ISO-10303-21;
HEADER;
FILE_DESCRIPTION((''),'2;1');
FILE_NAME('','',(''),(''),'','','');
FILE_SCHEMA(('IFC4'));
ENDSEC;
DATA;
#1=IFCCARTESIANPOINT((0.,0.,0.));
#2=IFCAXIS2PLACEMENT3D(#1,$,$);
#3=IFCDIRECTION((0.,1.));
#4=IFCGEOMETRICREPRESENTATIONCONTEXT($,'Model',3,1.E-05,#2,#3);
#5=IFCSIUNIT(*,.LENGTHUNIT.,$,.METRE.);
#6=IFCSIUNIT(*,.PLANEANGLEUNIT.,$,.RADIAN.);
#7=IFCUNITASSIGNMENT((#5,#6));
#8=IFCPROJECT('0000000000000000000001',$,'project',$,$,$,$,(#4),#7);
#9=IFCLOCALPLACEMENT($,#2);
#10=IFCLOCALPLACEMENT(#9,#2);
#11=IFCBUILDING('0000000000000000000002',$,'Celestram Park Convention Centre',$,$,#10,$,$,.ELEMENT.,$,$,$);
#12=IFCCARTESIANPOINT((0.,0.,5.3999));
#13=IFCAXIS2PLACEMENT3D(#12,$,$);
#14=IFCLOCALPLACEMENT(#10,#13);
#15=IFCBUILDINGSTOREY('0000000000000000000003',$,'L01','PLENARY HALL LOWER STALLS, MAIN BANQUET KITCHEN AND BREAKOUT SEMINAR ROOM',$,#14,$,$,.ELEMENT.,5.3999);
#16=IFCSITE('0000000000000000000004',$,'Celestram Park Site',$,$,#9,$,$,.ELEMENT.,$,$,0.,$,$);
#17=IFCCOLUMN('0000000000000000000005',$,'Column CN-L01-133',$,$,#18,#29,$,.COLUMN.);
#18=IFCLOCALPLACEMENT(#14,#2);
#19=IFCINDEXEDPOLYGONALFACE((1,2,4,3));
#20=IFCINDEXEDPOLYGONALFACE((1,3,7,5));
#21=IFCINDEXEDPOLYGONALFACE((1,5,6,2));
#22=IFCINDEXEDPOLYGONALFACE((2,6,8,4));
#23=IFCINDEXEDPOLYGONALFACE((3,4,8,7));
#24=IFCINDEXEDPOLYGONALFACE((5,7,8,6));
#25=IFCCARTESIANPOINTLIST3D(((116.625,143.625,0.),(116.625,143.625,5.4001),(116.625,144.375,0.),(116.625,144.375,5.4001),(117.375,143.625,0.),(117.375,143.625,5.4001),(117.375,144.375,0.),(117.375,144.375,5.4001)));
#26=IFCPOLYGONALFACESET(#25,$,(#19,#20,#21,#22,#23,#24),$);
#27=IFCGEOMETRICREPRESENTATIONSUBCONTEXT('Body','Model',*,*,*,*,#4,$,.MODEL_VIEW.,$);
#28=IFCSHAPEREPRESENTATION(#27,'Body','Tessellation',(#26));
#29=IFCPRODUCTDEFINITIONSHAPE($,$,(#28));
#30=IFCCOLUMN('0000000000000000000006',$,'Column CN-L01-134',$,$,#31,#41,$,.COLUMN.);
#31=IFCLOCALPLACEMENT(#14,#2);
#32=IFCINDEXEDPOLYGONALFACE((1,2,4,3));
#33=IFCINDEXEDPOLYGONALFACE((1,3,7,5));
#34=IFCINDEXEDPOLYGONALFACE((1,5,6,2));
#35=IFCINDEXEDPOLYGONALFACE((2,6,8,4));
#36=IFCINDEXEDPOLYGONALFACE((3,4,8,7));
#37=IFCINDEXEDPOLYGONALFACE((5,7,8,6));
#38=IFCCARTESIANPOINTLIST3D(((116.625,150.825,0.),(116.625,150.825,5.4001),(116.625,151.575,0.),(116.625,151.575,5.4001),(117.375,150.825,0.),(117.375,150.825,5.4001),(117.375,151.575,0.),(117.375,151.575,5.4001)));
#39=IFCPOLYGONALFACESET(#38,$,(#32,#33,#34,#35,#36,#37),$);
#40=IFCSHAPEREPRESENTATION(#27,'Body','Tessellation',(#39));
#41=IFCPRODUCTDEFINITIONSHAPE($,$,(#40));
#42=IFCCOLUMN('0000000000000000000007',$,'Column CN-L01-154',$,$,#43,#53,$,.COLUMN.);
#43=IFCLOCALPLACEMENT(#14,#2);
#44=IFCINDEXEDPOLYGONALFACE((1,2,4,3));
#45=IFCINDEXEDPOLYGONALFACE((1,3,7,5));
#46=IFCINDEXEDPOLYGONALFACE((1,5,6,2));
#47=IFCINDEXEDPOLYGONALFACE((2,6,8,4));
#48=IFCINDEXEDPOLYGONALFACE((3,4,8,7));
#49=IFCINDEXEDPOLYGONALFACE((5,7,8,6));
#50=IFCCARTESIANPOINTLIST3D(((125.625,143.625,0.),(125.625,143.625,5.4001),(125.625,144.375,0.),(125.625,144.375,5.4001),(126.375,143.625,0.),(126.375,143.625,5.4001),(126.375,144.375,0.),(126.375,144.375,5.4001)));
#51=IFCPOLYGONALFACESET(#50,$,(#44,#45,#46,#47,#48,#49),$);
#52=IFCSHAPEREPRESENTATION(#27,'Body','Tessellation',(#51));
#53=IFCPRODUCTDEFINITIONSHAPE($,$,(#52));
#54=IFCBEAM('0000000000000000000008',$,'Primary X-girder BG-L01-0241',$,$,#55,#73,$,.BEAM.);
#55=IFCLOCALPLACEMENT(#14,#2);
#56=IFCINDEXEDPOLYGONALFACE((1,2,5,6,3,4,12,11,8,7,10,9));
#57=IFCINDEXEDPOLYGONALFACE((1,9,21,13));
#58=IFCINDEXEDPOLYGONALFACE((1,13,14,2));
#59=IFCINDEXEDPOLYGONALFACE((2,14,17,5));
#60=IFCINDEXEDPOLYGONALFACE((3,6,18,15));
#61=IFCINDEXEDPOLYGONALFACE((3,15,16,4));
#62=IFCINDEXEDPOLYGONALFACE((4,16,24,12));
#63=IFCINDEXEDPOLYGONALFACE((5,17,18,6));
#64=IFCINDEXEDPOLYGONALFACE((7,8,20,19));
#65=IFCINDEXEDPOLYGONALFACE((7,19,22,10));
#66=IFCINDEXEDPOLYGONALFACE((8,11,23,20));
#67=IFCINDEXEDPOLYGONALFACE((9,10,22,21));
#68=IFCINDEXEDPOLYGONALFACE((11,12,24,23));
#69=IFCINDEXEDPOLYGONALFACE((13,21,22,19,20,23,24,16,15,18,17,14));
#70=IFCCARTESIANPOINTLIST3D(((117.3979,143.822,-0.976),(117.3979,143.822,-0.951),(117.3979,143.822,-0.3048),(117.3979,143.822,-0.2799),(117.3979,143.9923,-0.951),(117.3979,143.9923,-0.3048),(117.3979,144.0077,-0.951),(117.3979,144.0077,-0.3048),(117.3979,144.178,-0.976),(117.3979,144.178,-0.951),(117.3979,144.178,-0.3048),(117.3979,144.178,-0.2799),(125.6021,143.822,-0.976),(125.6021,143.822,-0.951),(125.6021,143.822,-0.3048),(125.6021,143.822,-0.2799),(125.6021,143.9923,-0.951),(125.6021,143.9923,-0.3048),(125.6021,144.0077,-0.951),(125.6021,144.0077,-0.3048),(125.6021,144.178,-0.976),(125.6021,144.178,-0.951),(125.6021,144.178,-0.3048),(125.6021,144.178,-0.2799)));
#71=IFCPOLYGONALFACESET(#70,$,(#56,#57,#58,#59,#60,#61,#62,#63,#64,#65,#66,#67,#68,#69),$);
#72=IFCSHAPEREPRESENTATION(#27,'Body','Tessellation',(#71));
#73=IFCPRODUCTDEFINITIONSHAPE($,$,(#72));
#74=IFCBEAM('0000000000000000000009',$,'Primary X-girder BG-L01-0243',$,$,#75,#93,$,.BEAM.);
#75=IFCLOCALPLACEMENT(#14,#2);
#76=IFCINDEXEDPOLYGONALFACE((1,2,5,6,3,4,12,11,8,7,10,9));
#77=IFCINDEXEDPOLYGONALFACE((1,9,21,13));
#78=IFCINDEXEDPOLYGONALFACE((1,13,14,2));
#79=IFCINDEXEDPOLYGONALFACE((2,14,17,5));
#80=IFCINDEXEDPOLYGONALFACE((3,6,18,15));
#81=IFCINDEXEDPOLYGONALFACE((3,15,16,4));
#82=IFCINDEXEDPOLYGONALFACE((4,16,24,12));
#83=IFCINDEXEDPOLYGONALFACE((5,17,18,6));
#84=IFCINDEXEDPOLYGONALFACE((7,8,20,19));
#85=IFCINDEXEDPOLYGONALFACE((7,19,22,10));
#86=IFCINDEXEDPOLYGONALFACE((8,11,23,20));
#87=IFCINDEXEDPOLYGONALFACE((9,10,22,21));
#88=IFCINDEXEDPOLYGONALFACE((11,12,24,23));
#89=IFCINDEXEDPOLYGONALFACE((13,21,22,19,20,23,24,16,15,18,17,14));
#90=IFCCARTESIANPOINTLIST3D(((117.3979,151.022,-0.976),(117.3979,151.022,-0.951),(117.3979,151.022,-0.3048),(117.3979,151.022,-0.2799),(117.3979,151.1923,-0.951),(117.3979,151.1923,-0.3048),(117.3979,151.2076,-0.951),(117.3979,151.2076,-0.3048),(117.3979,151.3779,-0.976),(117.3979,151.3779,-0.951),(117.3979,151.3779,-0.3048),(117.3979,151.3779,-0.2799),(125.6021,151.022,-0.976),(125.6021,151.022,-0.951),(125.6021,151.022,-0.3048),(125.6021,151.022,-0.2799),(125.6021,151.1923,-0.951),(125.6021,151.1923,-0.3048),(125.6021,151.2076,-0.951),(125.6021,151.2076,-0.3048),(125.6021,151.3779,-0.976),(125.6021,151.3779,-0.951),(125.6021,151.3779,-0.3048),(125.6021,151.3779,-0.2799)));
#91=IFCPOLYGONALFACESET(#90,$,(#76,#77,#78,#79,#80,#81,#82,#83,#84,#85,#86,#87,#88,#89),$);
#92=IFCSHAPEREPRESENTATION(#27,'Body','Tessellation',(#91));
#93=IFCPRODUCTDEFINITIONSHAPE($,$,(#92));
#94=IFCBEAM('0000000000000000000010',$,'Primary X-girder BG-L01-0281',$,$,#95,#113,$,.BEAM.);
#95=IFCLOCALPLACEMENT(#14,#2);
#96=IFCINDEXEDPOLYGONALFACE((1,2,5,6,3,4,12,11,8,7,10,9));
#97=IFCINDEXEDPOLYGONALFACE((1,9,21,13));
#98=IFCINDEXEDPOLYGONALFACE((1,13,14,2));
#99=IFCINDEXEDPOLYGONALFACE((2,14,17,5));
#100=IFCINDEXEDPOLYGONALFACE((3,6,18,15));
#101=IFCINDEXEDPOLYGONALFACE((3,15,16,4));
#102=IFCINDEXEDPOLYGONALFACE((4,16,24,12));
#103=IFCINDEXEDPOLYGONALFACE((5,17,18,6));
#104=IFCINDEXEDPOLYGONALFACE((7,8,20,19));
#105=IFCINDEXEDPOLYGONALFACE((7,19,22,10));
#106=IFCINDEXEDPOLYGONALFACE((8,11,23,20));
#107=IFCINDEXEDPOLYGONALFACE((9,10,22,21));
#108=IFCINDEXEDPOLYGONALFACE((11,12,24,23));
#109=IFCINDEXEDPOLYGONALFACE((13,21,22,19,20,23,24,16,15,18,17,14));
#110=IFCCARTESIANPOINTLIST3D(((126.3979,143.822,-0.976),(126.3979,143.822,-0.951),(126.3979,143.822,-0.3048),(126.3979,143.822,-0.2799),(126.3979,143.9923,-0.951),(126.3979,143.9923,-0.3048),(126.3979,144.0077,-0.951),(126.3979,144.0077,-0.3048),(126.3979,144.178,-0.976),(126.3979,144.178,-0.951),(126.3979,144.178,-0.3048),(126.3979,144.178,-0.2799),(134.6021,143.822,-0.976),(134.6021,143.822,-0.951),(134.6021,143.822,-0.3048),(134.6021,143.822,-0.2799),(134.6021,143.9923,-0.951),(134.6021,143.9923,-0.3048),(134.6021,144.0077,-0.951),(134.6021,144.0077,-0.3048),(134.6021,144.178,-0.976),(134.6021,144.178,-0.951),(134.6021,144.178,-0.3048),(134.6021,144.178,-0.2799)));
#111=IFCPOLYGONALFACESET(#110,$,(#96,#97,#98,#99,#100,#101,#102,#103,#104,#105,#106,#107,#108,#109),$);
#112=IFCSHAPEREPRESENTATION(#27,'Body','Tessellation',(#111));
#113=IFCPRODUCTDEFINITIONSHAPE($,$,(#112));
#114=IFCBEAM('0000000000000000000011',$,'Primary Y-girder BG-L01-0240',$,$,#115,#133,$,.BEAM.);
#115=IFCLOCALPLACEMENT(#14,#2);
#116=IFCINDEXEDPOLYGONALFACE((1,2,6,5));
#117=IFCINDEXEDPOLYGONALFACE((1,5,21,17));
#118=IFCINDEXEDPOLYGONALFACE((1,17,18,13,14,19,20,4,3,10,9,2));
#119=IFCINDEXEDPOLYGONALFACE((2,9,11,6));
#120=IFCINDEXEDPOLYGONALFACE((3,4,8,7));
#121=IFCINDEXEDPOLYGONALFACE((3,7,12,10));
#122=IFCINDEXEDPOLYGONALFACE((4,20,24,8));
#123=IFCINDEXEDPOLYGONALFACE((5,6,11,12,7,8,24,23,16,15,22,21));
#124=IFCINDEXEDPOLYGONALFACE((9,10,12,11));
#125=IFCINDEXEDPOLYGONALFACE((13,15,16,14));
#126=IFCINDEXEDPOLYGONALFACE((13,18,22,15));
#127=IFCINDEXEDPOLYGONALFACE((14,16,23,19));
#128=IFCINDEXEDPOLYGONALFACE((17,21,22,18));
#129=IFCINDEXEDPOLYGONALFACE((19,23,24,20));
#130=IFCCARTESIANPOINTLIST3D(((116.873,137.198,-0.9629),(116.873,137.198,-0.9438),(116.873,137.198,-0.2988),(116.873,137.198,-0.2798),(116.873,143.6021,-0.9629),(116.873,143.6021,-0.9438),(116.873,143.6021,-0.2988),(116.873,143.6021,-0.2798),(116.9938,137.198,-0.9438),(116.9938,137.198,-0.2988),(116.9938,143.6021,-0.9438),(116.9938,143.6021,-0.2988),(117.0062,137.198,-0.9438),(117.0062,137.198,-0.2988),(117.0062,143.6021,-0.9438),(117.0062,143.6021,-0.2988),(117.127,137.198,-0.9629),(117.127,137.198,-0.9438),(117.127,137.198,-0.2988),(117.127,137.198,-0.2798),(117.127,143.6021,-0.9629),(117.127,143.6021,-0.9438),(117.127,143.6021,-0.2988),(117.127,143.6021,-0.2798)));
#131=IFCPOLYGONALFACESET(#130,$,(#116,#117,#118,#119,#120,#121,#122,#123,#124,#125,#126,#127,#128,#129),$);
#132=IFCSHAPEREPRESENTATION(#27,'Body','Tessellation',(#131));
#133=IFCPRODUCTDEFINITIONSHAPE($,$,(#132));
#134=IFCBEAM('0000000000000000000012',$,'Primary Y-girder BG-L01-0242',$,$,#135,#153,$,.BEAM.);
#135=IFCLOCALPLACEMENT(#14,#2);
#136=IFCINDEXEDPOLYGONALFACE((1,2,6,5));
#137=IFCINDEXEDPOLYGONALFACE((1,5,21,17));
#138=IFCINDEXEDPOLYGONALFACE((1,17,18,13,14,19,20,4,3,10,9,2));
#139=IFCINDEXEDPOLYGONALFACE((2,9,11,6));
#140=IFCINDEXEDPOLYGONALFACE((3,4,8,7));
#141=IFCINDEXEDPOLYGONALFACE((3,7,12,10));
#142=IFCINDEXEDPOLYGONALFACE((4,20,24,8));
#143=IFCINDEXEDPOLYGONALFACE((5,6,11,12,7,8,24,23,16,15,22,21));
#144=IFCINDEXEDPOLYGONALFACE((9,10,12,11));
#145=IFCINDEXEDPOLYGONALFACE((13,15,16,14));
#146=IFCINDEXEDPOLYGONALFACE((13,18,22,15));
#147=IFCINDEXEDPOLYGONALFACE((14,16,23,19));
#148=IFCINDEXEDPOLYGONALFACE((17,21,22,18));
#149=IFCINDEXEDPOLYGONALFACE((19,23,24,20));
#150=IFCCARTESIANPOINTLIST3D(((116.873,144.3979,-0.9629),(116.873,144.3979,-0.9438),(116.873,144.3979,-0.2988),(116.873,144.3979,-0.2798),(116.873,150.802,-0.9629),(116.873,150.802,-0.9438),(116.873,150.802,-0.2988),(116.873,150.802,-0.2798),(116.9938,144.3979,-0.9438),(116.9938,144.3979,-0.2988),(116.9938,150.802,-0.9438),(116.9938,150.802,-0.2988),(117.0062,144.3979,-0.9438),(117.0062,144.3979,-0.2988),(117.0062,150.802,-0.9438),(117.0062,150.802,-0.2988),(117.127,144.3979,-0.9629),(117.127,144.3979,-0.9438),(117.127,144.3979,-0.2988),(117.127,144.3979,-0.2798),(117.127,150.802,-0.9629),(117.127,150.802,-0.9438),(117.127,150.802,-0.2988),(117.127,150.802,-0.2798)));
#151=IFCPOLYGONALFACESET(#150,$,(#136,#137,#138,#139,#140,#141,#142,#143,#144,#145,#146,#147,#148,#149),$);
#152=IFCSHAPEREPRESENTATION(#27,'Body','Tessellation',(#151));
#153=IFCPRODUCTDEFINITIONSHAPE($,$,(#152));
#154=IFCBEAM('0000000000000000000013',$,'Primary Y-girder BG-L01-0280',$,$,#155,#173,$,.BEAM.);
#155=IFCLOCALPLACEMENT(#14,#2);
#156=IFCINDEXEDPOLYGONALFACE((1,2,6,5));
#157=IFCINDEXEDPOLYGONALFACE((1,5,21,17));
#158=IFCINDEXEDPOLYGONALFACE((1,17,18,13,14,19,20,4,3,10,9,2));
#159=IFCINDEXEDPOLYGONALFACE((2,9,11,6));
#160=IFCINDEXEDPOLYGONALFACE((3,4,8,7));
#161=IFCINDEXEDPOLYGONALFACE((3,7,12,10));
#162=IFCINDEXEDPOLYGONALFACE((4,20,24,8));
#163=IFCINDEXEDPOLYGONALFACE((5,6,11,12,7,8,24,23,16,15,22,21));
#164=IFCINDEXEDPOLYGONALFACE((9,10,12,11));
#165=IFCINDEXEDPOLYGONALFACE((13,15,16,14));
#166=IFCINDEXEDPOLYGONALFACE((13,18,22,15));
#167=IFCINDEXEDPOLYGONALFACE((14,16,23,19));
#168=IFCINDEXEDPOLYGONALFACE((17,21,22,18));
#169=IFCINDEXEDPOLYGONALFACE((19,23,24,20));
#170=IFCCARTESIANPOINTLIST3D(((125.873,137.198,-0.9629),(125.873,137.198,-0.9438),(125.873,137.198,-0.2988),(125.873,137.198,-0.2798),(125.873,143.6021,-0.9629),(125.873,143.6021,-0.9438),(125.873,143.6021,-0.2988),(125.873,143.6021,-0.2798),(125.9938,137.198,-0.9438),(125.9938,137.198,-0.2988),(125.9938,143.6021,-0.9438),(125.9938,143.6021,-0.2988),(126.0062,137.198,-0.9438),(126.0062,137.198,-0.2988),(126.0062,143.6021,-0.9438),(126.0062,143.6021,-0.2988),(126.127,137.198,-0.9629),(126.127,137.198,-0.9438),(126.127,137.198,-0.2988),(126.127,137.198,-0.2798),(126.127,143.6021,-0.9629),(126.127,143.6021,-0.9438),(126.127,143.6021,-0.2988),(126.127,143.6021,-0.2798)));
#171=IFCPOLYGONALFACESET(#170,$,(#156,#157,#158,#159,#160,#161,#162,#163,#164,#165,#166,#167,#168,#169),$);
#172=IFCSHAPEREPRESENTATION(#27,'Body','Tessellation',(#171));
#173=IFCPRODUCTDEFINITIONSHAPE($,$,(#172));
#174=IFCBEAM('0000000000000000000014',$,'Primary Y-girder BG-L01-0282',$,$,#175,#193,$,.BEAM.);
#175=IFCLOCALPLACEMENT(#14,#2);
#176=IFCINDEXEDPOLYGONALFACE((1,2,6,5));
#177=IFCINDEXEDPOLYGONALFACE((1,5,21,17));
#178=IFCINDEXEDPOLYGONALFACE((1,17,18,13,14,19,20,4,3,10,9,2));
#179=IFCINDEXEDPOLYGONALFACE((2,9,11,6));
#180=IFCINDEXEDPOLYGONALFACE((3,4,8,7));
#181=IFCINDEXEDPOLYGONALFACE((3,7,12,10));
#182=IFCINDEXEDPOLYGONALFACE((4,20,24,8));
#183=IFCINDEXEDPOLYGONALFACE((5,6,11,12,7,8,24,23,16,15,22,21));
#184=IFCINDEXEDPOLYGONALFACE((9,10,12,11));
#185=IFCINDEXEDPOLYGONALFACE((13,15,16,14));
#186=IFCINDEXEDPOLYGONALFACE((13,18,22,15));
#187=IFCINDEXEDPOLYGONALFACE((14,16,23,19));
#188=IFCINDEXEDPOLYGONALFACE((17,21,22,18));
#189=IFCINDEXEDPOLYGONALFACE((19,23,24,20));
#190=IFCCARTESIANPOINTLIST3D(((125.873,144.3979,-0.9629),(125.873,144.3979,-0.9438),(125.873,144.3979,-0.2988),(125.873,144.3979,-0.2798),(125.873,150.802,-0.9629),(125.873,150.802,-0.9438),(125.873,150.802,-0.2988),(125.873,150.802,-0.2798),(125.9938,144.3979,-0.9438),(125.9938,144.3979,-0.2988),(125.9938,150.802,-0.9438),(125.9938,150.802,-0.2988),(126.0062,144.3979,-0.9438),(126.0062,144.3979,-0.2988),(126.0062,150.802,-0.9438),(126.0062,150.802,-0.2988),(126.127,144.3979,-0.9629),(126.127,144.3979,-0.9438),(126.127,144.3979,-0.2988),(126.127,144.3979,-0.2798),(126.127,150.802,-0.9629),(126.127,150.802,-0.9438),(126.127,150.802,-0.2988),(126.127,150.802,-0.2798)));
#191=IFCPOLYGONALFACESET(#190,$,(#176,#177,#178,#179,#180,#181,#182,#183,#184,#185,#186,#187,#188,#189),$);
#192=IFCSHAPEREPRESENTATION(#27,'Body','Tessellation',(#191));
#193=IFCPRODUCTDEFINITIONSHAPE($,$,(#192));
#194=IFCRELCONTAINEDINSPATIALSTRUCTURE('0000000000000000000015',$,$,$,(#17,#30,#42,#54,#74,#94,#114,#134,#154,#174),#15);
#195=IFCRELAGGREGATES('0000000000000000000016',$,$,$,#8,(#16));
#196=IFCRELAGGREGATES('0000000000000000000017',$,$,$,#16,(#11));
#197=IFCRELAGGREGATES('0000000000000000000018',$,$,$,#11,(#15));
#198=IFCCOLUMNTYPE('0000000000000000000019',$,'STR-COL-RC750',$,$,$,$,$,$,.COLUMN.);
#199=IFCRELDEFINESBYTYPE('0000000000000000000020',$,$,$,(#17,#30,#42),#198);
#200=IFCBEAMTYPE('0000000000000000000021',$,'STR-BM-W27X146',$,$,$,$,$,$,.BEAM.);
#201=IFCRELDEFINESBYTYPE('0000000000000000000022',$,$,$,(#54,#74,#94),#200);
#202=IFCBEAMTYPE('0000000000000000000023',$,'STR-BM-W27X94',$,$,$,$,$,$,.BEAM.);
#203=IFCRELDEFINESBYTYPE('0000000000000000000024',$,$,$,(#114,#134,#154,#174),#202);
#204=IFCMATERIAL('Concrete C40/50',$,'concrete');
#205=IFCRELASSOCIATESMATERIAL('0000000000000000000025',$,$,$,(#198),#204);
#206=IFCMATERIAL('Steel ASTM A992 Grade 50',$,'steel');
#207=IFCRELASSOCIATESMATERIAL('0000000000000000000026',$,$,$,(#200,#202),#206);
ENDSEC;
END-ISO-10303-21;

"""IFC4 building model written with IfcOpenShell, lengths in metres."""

from ifc_helpers import new_model, si_unit, direction, frame, origin, origin_2d, place, context, subcontext, project, spatial, rectangle, i_section, extrude, material, material_profile, profile_set, type_object, element, save


model = new_model("IFC4")

# Units and contexts
model_context = context("Model", 3, precision=1e-05, world=origin(), true_north=direction((0.0, 1.0)))
body_context = subcontext(model_context, "Body", "Model", "MODEL_VIEW")
ifc_project = project(units=[si_unit("LENGTHUNIT", "METRE"), si_unit("PLANEANGLEUNIT", "RADIAN")], contexts=[model_context])

# Site, building, storey
site_placement = place(None, origin())
site = spatial("IfcSite", under=ifc_project, at=site_placement, Name="Celestram Park Site", CompositionType="ELEMENT", RefElevation=0.0)
building_placement = place(site_placement, origin())
building = spatial("IfcBuilding", under=site, at=building_placement, Name="Celestram Park Convention Centre", CompositionType="ELEMENT")
storey_placement = place(building_placement, frame((0.0, 0.0, 5.3999)))
storey = spatial("IfcBuildingStorey", under=building, at=storey_placement, Name="L01", Description="PLENARY HALL LOWER STALLS, MAIN BANQUET KITCHEN AND BREAKOUT SEMINAR ROOM", CompositionType="ELEMENT", Elevation=5.3999)

# Columns
ifc_material_1 = material(Name="Concrete C40/50", Category="concrete")
ifc_material_profile_1 = material_profile(ifc_material_1, rectangle(XDim=0.75, YDim=0.75, at=origin_2d()), Name="RC750X750")
ifc_profile_set_1 = profile_set([ifc_material_profile_1], Name="Concrete C40/50")
column_type = type_object("IfcColumnType", Name="STR-COL-RC750", PredefinedType="COLUMN", material=ifc_profile_set_1)
for number, where, z_axis, x_axis, name in (
    (1, (117.0, 144.0, 0.0), (0.0, 0.0, 1.0), (1.0, 0.0, 0.0), "Column CN-L01-133"),
    (2, (117.0, 151.2, 0.0), (0.0, 0.0, 1.0), (1.0, 0.0, 0.0), "Column CN-L01-134"),
    (3, (126.0, 144.0, 0.0), (0.0, 0.0, 1.0), (1.0, 0.0, 0.0), "Column CN-L01-154"),
):
    element("IfcColumn", number, at=place(storey_placement, frame(where, z_axis=z_axis, x_axis=x_axis)), inside=storey, type_object=column_type, Name=name, PredefinedType="COLUMN", context=body_context, shape_type="SweptSolid", body=[
        extrude(rectangle(XDim=0.75, YDim=0.75, at=origin_2d()), origin(), (0.0, 0.0, 1.0), 5.4001),
    ])

# Beams
ifc_material_2 = material(Name="Steel ASTM A992 Grade 50", Category="steel")
ifc_material_profile_2 = material_profile(ifc_material_2, i_section(OverallWidth=0.356, OverallDepth=0.696, WebThickness=0.0154, FlangeThickness=0.0249, at=origin_2d()), Name="W27X146")
ifc_profile_set_2 = profile_set([ifc_material_profile_2], Name="Steel ASTM A992 Grade 50")
beam_type_1 = type_object("IfcBeamType", Name="STR-BM-W27X146", PredefinedType="BEAM", material=ifc_profile_set_2)
for number, where, z_axis, x_axis, name in (
    (4, (117.3979, 144.0, -0.6279), (1.0, 0.0, 0.0), (0.0, 1.0, 0.0), "Primary X-girder BG-L01-0241"),
    (5, (117.3979, 151.2, -0.6279), (1.0, 0.0, 0.0), (0.0, 1.0, 0.0), "Primary X-girder BG-L01-0243"),
    (6, (126.3979, 144.0, -0.6279), (1.0, 0.0, 0.0), (0.0, 1.0, 0.0), "Primary X-girder BG-L01-0281"),
):
    element("IfcBeam", number, at=place(storey_placement, frame(where, z_axis=z_axis, x_axis=x_axis)), inside=storey, type_object=beam_type_1, Name=name, PredefinedType="BEAM", context=body_context, shape_type="SweptSolid", body=[
        extrude(i_section(OverallWidth=0.356, OverallDepth=0.696, WebThickness=0.0154, FlangeThickness=0.0249, at=origin_2d()), origin(), (0.0, 0.0, 1.0), 8.2041),
    ])
ifc_material_profile_3 = material_profile(ifc_material_2, i_section(OverallWidth=0.2539, OverallDepth=0.6831, WebThickness=0.0125, FlangeThickness=0.019, at=origin_2d()), Name="W27X94")
ifc_profile_set_3 = profile_set([ifc_material_profile_3], Name="Steel ASTM A992 Grade 50")
beam_type_2 = type_object("IfcBeamType", Name="STR-BM-W27X94", PredefinedType="BEAM", material=ifc_profile_set_3)
for number, where, z_axis, x_axis, name in (
    (7, (117.0, 137.198, -0.6213), (0.0, 1.0, 0.0), (-1.0, 0.0, 0.0), "Primary Y-girder BG-L01-0240"),
    (8, (117.0, 144.3979, -0.6213), (0.0, 1.0, 0.0), (-1.0, 0.0, 0.0), "Primary Y-girder BG-L01-0242"),
    (9, (126.0, 137.198, -0.6213), (0.0, 1.0, 0.0), (-1.0, 0.0, 0.0), "Primary Y-girder BG-L01-0280"),
    (10, (126.0, 144.3979, -0.6213), (0.0, 1.0, 0.0), (-1.0, 0.0, 0.0), "Primary Y-girder BG-L01-0282"),
):
    element("IfcBeam", number, at=place(storey_placement, frame(where, z_axis=z_axis, x_axis=x_axis)), inside=storey, type_object=beam_type_2, Name=name, PredefinedType="BEAM", context=body_context, shape_type="SweptSolid", body=[
        extrude(i_section(OverallWidth=0.2539, OverallDepth=0.6831, WebThickness=0.0125, FlangeThickness=0.019, at=origin_2d()), origin(), (0.0, 0.0, 1.0), 6.4041),
    ])

save(model, "model.ifc")
